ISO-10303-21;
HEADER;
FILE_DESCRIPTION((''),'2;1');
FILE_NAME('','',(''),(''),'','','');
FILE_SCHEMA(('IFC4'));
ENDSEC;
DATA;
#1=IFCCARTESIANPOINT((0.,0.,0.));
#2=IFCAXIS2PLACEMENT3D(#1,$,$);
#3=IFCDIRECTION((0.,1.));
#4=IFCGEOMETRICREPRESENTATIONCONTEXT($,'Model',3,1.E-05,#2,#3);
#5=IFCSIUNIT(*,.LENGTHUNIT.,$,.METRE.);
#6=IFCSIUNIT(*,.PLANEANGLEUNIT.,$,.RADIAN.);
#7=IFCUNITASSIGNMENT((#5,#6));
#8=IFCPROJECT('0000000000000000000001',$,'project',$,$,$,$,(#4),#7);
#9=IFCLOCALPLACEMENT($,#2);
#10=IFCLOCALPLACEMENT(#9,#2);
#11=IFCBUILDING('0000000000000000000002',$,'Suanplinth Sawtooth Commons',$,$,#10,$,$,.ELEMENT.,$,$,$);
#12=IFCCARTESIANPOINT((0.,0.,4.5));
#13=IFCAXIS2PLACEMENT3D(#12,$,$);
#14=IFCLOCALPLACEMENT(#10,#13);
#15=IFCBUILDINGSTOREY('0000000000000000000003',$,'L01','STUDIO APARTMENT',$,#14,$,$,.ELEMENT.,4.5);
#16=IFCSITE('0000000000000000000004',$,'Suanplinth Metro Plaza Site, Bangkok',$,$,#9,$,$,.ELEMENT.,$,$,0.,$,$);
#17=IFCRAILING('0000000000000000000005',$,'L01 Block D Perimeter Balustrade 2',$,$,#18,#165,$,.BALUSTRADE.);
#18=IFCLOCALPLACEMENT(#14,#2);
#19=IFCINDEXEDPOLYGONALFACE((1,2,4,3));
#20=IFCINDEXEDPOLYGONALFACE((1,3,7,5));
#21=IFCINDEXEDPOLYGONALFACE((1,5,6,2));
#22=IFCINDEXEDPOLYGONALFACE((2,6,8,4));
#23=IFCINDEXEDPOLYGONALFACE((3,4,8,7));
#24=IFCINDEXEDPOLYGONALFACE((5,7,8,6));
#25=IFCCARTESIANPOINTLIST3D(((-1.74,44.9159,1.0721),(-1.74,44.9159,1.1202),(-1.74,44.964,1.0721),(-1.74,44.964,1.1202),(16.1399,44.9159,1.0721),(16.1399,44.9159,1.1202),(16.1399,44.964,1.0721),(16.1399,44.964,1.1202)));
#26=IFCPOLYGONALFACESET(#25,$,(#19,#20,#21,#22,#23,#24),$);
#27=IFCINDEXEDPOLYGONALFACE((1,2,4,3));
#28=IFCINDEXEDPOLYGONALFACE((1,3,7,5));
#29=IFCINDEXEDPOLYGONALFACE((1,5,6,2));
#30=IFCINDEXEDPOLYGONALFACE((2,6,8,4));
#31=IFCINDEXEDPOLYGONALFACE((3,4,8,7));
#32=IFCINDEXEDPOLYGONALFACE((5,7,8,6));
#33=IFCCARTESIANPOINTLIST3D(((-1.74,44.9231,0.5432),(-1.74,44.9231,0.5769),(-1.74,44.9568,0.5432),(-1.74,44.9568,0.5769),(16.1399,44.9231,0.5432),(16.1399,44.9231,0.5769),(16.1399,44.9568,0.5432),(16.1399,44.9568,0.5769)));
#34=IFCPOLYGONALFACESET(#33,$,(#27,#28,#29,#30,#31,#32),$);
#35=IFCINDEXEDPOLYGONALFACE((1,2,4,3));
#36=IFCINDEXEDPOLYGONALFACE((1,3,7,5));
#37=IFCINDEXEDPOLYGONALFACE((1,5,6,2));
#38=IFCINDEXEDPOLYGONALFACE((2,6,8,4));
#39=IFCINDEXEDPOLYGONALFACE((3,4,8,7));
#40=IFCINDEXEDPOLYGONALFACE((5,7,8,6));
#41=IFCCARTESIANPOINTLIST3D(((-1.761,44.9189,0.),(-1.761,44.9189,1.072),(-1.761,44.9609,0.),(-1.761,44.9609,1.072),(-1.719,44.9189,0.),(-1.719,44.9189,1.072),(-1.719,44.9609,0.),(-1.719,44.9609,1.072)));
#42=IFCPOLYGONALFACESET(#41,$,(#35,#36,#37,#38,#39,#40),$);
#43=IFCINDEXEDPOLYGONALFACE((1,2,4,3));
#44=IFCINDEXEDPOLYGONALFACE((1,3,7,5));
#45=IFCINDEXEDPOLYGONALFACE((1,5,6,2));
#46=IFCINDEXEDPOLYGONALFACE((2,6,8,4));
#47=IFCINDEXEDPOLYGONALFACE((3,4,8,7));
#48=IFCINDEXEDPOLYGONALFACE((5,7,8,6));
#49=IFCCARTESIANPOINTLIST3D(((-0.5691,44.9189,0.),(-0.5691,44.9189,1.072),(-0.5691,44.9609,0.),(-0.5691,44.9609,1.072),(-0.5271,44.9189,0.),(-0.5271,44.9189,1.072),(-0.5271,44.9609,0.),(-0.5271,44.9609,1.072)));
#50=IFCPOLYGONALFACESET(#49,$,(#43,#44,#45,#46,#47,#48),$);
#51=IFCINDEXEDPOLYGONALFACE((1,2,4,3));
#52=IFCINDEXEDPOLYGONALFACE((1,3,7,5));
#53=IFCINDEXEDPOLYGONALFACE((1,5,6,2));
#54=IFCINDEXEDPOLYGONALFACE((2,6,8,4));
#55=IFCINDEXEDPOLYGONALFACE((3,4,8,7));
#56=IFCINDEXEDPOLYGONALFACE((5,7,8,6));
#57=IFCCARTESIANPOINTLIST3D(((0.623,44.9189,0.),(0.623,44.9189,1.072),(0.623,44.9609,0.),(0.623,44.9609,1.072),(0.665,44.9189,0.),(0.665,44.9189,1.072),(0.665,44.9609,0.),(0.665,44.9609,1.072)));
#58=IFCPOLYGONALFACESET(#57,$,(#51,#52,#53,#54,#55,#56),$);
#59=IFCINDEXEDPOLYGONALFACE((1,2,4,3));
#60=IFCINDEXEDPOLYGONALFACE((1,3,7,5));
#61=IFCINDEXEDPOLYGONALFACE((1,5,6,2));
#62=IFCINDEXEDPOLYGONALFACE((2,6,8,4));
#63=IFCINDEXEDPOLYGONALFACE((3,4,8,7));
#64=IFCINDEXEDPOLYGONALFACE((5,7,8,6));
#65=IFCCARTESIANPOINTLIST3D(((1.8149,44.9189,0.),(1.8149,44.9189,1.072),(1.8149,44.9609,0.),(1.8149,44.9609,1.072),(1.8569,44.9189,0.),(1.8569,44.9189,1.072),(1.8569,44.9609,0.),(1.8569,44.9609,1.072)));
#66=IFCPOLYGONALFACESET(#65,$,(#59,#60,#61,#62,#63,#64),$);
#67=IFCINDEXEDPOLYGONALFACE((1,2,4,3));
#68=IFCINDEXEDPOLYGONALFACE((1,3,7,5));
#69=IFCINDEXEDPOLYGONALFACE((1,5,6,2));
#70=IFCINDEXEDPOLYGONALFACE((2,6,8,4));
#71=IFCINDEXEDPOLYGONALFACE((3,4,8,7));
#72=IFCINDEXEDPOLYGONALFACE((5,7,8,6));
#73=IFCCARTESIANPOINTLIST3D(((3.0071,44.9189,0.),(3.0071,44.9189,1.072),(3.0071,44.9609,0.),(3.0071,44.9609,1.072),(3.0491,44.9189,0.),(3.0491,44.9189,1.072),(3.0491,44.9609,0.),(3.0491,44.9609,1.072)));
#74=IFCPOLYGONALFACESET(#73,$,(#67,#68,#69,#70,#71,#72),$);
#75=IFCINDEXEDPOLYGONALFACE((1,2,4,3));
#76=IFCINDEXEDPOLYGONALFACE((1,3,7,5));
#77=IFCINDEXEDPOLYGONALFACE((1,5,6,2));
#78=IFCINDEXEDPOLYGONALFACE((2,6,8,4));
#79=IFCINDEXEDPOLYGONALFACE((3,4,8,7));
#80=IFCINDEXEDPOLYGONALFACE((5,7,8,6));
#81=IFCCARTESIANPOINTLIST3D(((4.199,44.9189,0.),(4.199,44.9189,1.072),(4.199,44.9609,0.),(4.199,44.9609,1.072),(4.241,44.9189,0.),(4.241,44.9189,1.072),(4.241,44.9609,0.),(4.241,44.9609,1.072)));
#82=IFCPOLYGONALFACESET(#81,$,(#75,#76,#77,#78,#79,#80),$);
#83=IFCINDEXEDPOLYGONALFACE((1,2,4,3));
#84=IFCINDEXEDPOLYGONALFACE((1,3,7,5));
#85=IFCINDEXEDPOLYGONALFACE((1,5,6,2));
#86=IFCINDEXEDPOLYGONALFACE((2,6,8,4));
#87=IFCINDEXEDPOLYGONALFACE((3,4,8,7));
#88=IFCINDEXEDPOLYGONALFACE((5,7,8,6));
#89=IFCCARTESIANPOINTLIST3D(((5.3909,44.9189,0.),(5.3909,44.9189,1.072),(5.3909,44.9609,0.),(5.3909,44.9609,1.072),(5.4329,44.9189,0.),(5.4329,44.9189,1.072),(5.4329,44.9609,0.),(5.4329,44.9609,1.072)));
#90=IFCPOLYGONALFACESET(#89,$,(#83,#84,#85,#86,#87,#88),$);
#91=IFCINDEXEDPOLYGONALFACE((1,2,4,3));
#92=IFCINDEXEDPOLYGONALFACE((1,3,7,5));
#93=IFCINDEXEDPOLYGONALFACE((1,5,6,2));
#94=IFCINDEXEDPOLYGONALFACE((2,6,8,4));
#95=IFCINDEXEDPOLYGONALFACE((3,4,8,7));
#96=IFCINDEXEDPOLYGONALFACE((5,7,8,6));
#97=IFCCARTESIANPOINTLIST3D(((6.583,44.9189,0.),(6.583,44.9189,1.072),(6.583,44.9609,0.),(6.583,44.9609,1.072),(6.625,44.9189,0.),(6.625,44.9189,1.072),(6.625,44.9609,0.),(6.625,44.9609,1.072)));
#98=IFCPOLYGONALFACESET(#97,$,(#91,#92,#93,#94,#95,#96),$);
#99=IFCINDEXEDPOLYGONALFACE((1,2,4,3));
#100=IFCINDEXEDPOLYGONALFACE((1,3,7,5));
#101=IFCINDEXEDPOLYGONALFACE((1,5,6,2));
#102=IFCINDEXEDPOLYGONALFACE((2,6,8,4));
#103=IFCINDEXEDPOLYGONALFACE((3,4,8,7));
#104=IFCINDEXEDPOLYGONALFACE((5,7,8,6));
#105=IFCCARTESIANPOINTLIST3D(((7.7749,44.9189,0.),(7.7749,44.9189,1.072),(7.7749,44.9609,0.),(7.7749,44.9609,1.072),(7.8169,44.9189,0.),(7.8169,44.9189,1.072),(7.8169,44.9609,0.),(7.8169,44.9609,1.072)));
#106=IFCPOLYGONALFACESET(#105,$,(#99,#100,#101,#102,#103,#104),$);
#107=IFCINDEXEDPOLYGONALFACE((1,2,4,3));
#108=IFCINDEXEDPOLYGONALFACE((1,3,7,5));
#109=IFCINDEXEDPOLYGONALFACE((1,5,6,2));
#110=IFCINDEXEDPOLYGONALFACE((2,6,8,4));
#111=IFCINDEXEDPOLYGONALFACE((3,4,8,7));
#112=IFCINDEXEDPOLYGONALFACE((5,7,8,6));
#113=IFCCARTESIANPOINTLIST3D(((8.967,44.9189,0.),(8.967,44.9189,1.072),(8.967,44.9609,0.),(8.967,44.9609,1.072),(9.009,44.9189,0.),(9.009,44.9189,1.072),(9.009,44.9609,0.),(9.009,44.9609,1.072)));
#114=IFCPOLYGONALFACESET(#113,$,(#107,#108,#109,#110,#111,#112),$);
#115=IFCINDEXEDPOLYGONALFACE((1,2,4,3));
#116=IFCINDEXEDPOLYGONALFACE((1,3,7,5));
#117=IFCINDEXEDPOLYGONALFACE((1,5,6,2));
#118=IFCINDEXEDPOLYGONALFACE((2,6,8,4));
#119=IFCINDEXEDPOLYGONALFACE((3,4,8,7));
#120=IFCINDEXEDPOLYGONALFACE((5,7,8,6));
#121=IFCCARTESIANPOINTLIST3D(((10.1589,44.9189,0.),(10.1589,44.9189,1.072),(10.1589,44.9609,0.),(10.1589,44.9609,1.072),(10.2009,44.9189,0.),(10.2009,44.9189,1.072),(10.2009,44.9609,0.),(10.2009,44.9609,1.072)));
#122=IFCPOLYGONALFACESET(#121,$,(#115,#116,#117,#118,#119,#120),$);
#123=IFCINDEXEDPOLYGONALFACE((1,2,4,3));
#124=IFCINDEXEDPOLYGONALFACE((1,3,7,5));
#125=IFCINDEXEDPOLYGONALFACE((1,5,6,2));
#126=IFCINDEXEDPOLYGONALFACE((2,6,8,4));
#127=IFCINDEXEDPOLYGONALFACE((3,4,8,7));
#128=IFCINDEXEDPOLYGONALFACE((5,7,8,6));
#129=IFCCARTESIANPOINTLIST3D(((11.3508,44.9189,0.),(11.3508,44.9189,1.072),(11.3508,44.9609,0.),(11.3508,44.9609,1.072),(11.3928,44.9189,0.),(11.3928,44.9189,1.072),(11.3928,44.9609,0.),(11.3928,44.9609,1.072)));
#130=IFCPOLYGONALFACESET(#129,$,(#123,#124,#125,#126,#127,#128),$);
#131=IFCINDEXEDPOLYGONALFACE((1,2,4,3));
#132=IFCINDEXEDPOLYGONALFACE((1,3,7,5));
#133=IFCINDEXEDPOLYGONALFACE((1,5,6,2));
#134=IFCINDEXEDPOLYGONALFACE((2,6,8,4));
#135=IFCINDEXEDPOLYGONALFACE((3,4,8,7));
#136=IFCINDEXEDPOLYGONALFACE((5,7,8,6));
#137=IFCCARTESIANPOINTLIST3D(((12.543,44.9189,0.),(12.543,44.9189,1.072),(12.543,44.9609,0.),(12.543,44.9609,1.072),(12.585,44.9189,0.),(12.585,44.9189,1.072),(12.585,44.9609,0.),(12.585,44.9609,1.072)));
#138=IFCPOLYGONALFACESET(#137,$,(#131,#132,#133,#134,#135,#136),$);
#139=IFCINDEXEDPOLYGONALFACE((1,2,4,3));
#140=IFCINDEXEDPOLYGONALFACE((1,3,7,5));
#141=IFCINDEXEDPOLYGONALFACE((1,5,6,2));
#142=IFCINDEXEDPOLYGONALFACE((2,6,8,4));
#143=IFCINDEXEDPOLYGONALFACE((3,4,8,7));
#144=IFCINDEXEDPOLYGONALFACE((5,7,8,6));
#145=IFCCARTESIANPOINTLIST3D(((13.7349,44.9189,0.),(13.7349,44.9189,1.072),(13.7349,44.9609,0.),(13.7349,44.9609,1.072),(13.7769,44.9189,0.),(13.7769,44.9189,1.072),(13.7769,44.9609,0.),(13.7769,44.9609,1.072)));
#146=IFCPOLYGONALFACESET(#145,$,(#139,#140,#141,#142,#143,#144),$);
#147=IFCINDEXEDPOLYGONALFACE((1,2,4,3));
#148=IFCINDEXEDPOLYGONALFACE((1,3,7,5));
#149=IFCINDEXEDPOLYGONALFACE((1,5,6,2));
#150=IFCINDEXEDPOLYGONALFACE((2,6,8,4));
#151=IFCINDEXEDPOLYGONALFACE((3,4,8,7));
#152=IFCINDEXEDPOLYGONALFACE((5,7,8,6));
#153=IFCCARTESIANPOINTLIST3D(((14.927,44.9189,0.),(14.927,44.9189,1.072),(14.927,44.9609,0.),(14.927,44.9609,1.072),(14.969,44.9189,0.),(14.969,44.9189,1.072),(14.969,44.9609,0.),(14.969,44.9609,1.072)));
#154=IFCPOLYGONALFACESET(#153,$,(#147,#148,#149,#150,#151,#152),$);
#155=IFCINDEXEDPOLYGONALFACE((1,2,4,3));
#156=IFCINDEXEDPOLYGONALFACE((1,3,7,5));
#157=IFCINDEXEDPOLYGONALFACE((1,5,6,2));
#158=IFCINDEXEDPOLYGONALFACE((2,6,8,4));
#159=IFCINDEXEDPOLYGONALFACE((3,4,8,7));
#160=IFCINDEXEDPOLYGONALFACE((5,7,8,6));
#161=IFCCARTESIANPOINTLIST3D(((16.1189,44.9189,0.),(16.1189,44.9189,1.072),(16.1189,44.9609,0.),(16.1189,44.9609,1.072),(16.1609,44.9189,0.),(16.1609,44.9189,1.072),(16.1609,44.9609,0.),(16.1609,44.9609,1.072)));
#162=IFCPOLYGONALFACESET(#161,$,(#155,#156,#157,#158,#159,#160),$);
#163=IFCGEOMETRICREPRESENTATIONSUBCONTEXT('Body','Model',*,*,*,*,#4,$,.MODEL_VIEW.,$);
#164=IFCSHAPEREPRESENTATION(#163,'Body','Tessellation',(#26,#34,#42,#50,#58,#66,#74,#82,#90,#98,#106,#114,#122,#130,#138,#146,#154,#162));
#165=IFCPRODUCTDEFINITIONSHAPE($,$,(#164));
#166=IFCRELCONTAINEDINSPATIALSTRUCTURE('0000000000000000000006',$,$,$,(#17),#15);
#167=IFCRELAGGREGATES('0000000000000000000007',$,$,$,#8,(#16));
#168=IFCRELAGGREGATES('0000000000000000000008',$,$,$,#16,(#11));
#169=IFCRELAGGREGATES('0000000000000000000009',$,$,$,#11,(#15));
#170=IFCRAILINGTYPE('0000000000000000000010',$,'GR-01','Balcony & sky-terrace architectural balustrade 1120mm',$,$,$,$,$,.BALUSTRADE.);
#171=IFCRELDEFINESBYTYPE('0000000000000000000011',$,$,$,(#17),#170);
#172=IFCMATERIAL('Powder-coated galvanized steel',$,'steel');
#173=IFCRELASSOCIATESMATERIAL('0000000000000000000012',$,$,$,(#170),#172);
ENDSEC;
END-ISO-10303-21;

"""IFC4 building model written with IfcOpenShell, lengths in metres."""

from ifc_helpers import new_model, si_unit, direction, frame, origin, origin_2d, place, context, subcontext, project, spatial, rectangle, extrude, material, type_object, element, save


model = new_model("IFC4")

# Units and contexts
model_context = context("Model", 3, precision=1e-05, world=origin(), true_north=direction((0.0, 1.0)))
body_context = subcontext(model_context, "Body", "Model", "MODEL_VIEW")
ifc_project = project(units=[si_unit("LENGTHUNIT", "METRE"), si_unit("PLANEANGLEUNIT", "RADIAN")], contexts=[model_context])

# Site, building, storey
site_placement = place(None, origin())
site = spatial("IfcSite", under=ifc_project, at=site_placement, Name="Suanplinth Metro Plaza Site, Bangkok", CompositionType="ELEMENT", RefElevation=0.0)
building_placement = place(site_placement, origin())
building = spatial("IfcBuilding", under=site, at=building_placement, Name="Suanplinth Sawtooth Commons", CompositionType="ELEMENT")
storey_placement = place(building_placement, frame((0.0, 0.0, 4.5)))
storey = spatial("IfcBuildingStorey", under=building, at=storey_placement, Name="L01", Description="STUDIO APARTMENT", CompositionType="ELEMENT", Elevation=4.5)

# Railing
ifc_material_1 = material(Name="Powder-coated galvanized steel", Category="steel")
railing_type = type_object("IfcRailingType", Name="GR-01", Description="Balcony & sky-terrace architectural balustrade 1120mm", PredefinedType="BALUSTRADE", material=ifc_material_1)
railing_placement = place(storey_placement, frame((-1.74, 44.9399, 0.0)))
element("IfcRailing", 1, at=railing_placement, inside=storey, type_object=railing_type, Name="L01 Block D Perimeter Balustrade 2", PredefinedType="BALUSTRADE", context=body_context, shape_type="SweptSolid", body=[
    extrude(rectangle(XDim=0.0481, YDim=0.0481, at=origin_2d()), frame((0.0, 0.0, 1.0962), z_axis=(1.0, 0.0, 0.0), x_axis=(0.0, 1.0, 0.0)), (0.0, 0.0, 1.0), 17.8799),
    extrude(rectangle(XDim=0.0337, YDim=0.0337, at=origin_2d()), frame((0.0, 0.0, 0.5601), z_axis=(1.0, 0.0, 0.0), x_axis=(0.0, 1.0, 0.0)), (0.0, 0.0, 1.0), 17.8799),
    extrude(rectangle(XDim=0.042, YDim=0.042, at=origin_2d()), origin(), (0.0, 0.0, 1.0), 1.072),
    extrude(rectangle(XDim=0.042, YDim=0.042, at=origin_2d()), frame((1.1919, 0.0, 0.0)), (0.0, 0.0, 1.0), 1.072),
    extrude(rectangle(XDim=0.042, YDim=0.042, at=origin_2d()), frame((2.384, 0.0, 0.0)), (0.0, 0.0, 1.0), 1.072),
    extrude(rectangle(XDim=0.042, YDim=0.042, at=origin_2d()), frame((3.5759, 0.0, 0.0)), (0.0, 0.0, 1.0), 1.072),
    extrude(rectangle(XDim=0.042, YDim=0.042, at=origin_2d()), frame((4.7681, 0.0, 0.0)), (0.0, 0.0, 1.0), 1.072),
    extrude(rectangle(XDim=0.042, YDim=0.042, at=origin_2d()), frame((5.96, 0.0, 0.0)), (0.0, 0.0, 1.0), 1.072),
    extrude(rectangle(XDim=0.042, YDim=0.042, at=origin_2d()), frame((7.1519, 0.0, 0.0)), (0.0, 0.0, 1.0), 1.072),
    extrude(rectangle(XDim=0.042, YDim=0.042, at=origin_2d()), frame((8.344, 0.0, 0.0)), (0.0, 0.0, 1.0), 1.072),
    extrude(rectangle(XDim=0.042, YDim=0.042, at=origin_2d()), frame((9.5359, 0.0, 0.0)), (0.0, 0.0, 1.0), 1.072),
    extrude(rectangle(XDim=0.042, YDim=0.042, at=origin_2d()), frame((10.728, 0.0, 0.0)), (0.0, 0.0, 1.0), 1.072),
    extrude(rectangle(XDim=0.042, YDim=0.042, at=origin_2d()), frame((11.9199, 0.0, 0.0)), (0.0, 0.0, 1.0), 1.072),
    extrude(rectangle(XDim=0.042, YDim=0.042, at=origin_2d()), frame((13.1118, 0.0, 0.0)), (0.0, 0.0, 1.0), 1.072),
    extrude(rectangle(XDim=0.042, YDim=0.042, at=origin_2d()), frame((14.304, 0.0, 0.0)), (0.0, 0.0, 1.0), 1.072),
    extrude(rectangle(XDim=0.042, YDim=0.042, at=origin_2d()), frame((15.4958, 0.0, 0.0)), (0.0, 0.0, 1.0), 1.072),
    extrude(rectangle(XDim=0.042, YDim=0.042, at=origin_2d()), frame((16.688, 0.0, 0.0)), (0.0, 0.0, 1.0), 1.072),
    extrude(rectangle(XDim=0.042, YDim=0.042, at=origin_2d()), frame((17.8799, 0.0, 0.0)), (0.0, 0.0, 1.0), 1.072),
])

save(model, "model.ifc")
